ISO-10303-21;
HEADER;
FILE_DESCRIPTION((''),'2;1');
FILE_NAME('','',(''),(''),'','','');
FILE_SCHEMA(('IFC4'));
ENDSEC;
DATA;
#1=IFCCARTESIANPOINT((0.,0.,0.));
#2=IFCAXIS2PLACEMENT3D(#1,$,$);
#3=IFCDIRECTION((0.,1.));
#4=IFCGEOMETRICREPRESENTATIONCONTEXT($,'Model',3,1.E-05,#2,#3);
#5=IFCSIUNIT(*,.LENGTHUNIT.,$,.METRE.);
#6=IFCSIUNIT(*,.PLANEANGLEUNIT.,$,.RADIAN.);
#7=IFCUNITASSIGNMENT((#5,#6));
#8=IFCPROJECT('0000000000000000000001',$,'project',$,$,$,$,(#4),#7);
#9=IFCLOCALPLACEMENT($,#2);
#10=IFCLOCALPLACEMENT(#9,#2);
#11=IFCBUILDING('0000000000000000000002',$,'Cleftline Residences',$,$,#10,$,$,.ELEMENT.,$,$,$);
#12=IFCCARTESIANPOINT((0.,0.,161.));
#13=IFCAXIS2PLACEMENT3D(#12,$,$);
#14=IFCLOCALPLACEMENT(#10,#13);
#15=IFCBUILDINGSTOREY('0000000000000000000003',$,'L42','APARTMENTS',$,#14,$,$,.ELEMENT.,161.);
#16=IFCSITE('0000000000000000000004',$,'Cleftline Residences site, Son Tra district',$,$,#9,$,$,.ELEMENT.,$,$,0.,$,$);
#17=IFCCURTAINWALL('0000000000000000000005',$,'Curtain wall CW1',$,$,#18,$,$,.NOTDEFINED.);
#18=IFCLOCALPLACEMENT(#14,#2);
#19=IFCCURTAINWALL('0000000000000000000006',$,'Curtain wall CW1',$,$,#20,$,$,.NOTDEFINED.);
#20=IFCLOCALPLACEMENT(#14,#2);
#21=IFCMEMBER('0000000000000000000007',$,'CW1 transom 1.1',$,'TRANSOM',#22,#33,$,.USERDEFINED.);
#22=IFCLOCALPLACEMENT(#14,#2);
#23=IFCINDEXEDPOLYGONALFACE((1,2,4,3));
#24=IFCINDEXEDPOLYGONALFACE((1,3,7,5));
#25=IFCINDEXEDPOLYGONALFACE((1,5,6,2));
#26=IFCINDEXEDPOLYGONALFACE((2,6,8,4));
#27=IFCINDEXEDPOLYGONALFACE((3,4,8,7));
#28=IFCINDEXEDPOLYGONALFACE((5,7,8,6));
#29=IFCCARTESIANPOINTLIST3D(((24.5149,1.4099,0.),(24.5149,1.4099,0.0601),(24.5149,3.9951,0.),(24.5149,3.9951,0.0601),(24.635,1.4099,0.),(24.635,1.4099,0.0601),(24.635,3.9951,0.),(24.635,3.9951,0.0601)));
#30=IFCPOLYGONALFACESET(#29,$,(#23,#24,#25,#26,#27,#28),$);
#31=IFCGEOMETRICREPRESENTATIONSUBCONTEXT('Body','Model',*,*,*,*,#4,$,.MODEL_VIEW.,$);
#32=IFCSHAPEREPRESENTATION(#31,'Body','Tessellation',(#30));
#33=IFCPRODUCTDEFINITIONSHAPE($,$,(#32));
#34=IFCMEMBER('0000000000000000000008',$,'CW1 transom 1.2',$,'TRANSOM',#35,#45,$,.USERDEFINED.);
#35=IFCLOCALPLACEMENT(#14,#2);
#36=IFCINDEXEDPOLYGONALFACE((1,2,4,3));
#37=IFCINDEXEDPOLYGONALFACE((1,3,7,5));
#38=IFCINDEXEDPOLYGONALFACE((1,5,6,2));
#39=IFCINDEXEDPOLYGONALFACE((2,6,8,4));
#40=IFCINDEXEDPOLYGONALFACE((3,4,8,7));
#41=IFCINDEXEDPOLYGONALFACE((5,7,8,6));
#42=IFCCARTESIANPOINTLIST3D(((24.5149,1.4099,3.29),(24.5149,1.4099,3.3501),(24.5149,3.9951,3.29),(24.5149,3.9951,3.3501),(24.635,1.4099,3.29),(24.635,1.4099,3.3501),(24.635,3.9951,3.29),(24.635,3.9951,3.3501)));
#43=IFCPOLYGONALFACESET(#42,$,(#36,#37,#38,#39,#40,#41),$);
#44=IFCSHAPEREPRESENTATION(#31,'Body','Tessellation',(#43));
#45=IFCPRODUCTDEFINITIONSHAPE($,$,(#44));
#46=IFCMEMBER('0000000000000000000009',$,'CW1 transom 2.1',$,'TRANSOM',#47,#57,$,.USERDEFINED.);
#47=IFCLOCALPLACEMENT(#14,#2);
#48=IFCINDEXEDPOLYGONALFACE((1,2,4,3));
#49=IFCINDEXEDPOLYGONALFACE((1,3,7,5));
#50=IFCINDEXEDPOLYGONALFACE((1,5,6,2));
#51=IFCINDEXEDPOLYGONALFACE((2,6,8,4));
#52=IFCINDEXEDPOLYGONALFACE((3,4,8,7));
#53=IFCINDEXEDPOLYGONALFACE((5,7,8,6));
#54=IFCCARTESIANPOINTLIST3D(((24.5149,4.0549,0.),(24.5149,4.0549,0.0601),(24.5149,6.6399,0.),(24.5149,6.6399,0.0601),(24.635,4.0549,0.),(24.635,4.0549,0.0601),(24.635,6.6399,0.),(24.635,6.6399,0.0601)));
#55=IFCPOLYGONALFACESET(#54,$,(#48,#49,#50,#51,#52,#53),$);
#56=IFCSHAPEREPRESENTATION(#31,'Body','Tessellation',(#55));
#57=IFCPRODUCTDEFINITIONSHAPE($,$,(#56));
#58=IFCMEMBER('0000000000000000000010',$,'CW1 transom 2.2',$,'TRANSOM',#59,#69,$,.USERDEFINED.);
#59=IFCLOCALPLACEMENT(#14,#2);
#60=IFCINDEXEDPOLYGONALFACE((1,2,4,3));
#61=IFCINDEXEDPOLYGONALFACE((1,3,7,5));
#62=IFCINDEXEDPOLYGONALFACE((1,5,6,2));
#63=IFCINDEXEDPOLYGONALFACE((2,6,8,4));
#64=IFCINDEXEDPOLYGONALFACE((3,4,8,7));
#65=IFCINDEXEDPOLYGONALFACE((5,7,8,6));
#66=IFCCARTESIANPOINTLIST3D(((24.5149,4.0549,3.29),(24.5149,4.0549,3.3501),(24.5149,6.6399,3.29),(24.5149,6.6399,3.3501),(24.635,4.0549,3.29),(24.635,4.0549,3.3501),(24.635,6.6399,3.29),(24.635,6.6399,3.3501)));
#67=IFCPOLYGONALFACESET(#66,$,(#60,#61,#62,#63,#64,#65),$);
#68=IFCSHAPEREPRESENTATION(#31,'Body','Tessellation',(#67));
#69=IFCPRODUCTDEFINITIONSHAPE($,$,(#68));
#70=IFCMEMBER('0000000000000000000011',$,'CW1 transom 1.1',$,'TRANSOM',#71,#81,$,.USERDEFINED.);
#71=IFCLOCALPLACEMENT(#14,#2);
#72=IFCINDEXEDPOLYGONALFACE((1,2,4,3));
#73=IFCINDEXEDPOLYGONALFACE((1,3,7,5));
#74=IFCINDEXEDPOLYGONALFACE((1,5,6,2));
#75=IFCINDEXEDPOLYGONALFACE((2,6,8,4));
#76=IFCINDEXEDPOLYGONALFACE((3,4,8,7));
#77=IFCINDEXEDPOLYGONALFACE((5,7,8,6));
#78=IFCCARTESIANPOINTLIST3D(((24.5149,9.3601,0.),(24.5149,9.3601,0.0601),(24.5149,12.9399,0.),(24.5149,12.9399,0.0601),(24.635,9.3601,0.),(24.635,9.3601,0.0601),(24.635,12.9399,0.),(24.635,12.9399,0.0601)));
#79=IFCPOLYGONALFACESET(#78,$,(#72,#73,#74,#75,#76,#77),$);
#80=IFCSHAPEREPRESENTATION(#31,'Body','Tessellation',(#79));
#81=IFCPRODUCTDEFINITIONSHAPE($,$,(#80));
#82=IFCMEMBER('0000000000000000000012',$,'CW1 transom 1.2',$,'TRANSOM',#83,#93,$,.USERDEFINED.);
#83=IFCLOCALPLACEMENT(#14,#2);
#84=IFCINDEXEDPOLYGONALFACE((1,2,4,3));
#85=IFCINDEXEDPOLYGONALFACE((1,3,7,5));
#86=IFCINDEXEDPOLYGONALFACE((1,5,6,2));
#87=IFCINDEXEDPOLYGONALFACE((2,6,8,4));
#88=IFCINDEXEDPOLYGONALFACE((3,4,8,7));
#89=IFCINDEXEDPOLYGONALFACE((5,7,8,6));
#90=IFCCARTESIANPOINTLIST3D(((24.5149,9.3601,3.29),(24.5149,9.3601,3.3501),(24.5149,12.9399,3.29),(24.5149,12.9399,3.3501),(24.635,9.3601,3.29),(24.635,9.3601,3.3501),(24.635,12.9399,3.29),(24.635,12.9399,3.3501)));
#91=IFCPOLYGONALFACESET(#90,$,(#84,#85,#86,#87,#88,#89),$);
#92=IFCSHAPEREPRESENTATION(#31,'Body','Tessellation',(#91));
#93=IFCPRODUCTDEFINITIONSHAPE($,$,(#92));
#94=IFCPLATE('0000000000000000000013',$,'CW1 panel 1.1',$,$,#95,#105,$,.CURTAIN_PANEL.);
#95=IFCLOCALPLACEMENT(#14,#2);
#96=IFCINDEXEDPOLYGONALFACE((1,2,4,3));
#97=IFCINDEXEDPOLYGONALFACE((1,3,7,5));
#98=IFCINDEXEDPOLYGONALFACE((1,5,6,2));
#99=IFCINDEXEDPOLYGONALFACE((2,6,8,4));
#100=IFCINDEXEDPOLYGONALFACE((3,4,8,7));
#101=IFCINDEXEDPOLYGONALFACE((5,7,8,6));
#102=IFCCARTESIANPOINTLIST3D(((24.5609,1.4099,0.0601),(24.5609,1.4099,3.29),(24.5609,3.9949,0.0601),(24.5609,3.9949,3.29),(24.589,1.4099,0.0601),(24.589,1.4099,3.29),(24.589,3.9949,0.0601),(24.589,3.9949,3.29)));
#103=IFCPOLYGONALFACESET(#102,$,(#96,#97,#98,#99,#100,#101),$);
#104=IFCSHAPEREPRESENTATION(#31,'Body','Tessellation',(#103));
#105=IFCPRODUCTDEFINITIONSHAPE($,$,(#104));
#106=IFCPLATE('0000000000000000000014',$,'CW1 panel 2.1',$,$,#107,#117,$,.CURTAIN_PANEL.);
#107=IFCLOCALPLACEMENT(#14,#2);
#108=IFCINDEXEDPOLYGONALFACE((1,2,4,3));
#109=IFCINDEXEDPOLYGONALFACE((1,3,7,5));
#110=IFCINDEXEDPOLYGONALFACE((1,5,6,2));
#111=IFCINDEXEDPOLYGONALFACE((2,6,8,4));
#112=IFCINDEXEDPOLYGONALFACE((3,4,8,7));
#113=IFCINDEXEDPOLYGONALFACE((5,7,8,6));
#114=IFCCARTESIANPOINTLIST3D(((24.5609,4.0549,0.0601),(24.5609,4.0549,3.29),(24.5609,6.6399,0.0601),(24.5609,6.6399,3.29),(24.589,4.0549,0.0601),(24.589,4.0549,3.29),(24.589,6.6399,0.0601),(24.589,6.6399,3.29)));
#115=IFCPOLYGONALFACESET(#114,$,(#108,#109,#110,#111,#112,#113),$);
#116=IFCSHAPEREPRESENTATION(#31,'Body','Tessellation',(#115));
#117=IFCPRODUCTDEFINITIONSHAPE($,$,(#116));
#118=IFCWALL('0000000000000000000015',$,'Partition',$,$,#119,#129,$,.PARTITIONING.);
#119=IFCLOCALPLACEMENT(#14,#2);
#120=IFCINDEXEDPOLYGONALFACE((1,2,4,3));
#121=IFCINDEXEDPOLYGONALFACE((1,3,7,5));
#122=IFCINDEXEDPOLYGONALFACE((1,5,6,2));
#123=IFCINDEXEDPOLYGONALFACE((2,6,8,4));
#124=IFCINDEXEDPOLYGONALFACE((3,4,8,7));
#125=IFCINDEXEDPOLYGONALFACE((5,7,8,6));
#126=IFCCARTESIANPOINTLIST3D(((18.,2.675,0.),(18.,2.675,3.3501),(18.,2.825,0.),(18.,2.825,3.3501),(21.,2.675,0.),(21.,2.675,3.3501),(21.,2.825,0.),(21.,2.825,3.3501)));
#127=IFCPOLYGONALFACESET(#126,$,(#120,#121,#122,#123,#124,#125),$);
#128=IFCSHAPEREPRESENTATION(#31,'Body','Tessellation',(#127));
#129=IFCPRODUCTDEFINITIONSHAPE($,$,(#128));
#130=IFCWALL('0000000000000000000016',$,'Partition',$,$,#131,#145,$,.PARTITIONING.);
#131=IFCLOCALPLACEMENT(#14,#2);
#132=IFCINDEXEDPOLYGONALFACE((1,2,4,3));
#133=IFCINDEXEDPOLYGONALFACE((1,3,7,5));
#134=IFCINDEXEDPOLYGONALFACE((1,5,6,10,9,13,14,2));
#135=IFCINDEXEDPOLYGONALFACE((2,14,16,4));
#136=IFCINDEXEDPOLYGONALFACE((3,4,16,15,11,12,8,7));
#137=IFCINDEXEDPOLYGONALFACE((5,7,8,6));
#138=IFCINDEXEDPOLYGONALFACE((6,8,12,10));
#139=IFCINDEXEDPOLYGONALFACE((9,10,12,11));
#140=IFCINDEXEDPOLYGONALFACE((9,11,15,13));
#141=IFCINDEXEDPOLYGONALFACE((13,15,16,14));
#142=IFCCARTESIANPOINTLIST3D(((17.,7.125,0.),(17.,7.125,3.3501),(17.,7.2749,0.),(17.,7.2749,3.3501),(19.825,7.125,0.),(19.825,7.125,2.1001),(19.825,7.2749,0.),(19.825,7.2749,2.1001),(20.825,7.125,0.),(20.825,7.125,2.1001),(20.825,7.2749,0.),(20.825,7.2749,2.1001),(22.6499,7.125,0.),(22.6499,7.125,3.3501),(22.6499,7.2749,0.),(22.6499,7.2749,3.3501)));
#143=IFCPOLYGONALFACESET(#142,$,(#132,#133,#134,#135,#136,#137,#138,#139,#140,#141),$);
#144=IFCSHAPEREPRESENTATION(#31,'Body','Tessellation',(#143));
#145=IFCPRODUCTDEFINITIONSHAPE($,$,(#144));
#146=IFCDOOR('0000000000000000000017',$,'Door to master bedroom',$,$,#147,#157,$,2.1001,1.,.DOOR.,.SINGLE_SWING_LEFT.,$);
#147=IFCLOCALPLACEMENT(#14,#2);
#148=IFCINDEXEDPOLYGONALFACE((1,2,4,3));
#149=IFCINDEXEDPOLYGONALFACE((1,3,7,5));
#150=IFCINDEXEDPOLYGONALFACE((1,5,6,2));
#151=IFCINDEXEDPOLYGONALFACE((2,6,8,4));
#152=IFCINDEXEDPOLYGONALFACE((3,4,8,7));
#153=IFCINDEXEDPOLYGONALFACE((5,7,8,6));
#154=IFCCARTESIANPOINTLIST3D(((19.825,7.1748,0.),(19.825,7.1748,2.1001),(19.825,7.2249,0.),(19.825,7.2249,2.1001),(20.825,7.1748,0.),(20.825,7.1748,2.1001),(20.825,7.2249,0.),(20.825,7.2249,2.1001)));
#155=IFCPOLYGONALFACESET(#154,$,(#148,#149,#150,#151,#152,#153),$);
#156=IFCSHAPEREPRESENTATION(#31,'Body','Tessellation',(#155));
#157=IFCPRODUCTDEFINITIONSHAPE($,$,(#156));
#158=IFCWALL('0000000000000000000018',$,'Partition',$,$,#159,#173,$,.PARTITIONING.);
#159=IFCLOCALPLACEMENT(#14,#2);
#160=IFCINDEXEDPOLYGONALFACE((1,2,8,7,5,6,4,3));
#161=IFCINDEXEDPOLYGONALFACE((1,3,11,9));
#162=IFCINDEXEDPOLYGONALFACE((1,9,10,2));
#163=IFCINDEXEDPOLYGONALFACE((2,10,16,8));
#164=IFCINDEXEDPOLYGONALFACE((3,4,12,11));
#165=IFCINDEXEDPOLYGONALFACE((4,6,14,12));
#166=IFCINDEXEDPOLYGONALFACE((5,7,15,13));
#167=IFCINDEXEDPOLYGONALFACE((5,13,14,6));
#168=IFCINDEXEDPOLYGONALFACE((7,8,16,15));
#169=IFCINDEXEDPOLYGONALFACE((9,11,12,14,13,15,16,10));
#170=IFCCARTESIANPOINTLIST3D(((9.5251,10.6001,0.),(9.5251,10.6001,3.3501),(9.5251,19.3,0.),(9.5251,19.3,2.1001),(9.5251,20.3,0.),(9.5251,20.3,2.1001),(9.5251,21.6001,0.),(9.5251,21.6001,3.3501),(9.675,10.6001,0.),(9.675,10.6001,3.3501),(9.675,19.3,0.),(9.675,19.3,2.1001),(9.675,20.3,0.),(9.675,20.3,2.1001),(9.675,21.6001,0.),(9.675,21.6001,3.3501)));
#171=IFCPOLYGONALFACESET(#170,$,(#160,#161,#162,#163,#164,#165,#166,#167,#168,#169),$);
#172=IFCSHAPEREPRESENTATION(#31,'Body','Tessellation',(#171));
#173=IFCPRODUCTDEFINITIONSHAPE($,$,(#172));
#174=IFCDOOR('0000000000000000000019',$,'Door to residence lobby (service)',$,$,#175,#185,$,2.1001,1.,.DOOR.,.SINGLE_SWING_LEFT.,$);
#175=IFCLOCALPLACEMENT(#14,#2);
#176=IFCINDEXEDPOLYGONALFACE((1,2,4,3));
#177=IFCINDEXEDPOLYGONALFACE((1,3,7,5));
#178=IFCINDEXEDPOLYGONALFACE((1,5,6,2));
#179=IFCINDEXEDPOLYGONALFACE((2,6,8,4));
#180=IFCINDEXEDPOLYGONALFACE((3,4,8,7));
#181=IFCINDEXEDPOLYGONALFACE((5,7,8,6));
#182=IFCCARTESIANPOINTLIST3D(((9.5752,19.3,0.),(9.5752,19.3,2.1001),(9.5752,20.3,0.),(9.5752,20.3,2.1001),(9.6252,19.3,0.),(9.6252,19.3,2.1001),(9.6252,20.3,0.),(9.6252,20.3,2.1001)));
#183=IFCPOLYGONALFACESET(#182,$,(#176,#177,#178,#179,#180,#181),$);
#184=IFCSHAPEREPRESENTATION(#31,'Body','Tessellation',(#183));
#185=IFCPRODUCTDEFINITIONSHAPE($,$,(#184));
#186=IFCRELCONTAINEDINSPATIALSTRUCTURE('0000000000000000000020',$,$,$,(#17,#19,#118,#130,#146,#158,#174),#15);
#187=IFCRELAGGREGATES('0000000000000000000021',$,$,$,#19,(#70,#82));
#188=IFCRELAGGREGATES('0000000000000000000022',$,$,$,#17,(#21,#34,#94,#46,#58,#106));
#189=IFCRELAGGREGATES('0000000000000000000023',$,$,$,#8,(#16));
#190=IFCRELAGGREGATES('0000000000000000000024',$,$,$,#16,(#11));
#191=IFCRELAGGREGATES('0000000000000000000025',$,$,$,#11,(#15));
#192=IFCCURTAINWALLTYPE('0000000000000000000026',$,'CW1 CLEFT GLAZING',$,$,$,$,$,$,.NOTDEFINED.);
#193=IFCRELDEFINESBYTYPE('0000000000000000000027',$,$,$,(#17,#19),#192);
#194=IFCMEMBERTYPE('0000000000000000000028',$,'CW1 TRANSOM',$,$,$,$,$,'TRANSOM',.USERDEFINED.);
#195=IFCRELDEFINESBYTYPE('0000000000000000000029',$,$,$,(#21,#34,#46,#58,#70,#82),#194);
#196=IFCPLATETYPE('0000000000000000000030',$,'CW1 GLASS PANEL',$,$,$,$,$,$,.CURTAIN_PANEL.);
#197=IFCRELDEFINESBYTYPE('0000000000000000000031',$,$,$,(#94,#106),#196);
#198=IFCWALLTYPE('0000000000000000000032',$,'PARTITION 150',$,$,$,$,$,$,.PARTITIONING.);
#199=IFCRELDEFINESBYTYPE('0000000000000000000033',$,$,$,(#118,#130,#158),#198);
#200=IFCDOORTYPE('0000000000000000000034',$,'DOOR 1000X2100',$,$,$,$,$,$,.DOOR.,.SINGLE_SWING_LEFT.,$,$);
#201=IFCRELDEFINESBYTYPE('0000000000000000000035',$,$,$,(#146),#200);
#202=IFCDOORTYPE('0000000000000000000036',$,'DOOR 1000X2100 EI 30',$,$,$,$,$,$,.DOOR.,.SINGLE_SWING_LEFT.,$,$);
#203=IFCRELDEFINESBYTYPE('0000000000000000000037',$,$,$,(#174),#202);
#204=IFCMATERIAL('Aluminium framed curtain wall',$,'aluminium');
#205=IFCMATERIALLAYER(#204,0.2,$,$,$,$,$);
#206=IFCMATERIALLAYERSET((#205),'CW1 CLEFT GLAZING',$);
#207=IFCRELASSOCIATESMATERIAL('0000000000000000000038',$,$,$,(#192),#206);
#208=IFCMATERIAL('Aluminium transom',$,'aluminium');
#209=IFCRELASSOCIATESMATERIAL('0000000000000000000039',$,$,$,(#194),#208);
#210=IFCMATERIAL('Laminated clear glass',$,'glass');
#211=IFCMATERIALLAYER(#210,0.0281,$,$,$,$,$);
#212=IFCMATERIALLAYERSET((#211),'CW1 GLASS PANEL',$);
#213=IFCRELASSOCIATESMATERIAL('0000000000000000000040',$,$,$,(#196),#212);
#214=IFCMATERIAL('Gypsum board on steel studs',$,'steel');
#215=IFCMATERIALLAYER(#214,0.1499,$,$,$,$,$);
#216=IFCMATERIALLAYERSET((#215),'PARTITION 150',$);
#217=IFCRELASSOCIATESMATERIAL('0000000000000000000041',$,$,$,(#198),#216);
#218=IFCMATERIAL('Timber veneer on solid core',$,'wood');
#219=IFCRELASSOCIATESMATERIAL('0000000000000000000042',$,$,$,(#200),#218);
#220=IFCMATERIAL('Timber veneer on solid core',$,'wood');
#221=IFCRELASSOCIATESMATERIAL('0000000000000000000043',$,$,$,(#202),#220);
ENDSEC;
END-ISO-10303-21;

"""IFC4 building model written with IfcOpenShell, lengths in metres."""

from ifc_helpers import new_model, si_unit, direction, frame, frame_2d, origin, origin_2d, place, context, subcontext, project, spatial, rectangle, extrude, material, layer, layer_set, material_profile, profile_set, type_object, element, fill, aggregate, save


model = new_model("IFC4")

# Units and contexts
model_context = context("Model", 3, precision=1e-05, world=origin(), true_north=direction((0.0, 1.0)))
body_context = subcontext(model_context, "Body", "Model", "MODEL_VIEW")
ifc_project = project(units=[si_unit("LENGTHUNIT", "METRE"), si_unit("PLANEANGLEUNIT", "RADIAN")], contexts=[model_context])

# Site, building, storey
site_placement = place(None, origin())
site = spatial("IfcSite", under=ifc_project, at=site_placement, Name="Cleftline Residences site, Son Tra district", CompositionType="ELEMENT", RefElevation=0.0)
building_placement = place(site_placement, origin())
building = spatial("IfcBuilding", under=site, at=building_placement, Name="Cleftline Residences", CompositionType="ELEMENT")
storey_placement = place(building_placement, frame((0.0, 0.0, 161.0)))
storey = spatial("IfcBuildingStorey", under=building, at=storey_placement, Name="L42", Description="APARTMENTS", CompositionType="ELEMENT", Elevation=161.0)

# Curtain wall
ifc_material_1 = material(Name="Aluminium framed curtain wall", Category="aluminium")
ifc_layer_1 = layer(ifc_material_1, 0.2)
ifc_layer_set_1 = layer_set([ifc_layer_1], Name="CW1 CLEFT GLAZING")
curtain_wall_type = type_object("IfcCurtainWallType", Name="CW1 CLEFT GLAZING", PredefinedType="NOTDEFINED", material=ifc_layer_set_1)
curtain_wall_1_placement = place(storey_placement, origin())
curtain_wall_1 = element("IfcCurtainWall", 1, at=curtain_wall_1_placement, inside=storey, type_object=curtain_wall_type, Name="Curtain wall CW1", PredefinedType="NOTDEFINED")

# Curtain wall
curtain_wall_2_placement = place(storey_placement, origin())
curtain_wall_2 = element("IfcCurtainWall", 2, at=curtain_wall_2_placement, inside=storey, type_object=curtain_wall_type, Name="Curtain wall CW1", PredefinedType="NOTDEFINED")

# Members
ifc_material_2 = material(Name="Aluminium transom", Category="aluminium")
ifc_material_profile_1 = material_profile(ifc_material_2, rectangle(XDim=0.1201, YDim=0.0601, at=origin_2d()))
ifc_profile_set_1 = profile_set([ifc_material_profile_1], Name="Aluminium transom")
member_type_1 = type_object("IfcMemberType", Name="CW1 TRANSOM", ElementType="TRANSOM", PredefinedType="USERDEFINED", material=ifc_profile_set_1)
member_1_placement = place(storey_placement, frame((24.575, 1.4099, 0.03), z_axis=(0.0, 1.0, 0.0), x_axis=(-1.0, 0.0, 0.0)))
member_1 = element("IfcMember", 3, at=member_1_placement, type_object=member_type_1, Name="CW1 transom 1.1", ObjectType="TRANSOM", PredefinedType="USERDEFINED", context=body_context, shape_type="SweptSolid", body=[
    extrude(rectangle(XDim=0.1201, YDim=0.0601, at=origin_2d()), origin(), (0.0, 0.0, 1.0), 2.5852),
])
member_2_placement = place(storey_placement, frame((24.575, 1.4099, 3.3201), z_axis=(0.0, 1.0, 0.0), x_axis=(-1.0, 0.0, 0.0)))
member_2 = element("IfcMember", 4, at=member_2_placement, type_object=member_type_1, Name="CW1 transom 1.2", ObjectType="TRANSOM", PredefinedType="USERDEFINED", context=body_context, shape_type="SweptSolid", body=[
    extrude(rectangle(XDim=0.1201, YDim=0.0601, at=origin_2d()), origin(), (0.0, 0.0, 1.0), 2.5852),
])
member_3_placement = place(storey_placement, frame((24.575, 4.0549, 0.03), z_axis=(0.0, 1.0, 0.0), x_axis=(-1.0, 0.0, 0.0)))
member_3 = element("IfcMember", 5, at=member_3_placement, type_object=member_type_1, Name="CW1 transom 2.1", ObjectType="TRANSOM", PredefinedType="USERDEFINED", context=body_context, shape_type="SweptSolid", body=[
    extrude(rectangle(XDim=0.1201, YDim=0.0601, at=origin_2d()), origin(), (0.0, 0.0, 1.0), 2.585),
])
member_4_placement = place(storey_placement, frame((24.575, 4.0549, 3.3201), z_axis=(0.0, 1.0, 0.0), x_axis=(-1.0, 0.0, 0.0)))
member_4 = element("IfcMember", 6, at=member_4_placement, type_object=member_type_1, Name="CW1 transom 2.2", ObjectType="TRANSOM", PredefinedType="USERDEFINED", context=body_context, shape_type="SweptSolid", body=[
    extrude(rectangle(XDim=0.1201, YDim=0.0601, at=origin_2d()), origin(), (0.0, 0.0, 1.0), 2.585),
])
member_5_placement = place(storey_placement, frame((24.575, 9.3601, 0.03), z_axis=(0.0, 1.0, 0.0), x_axis=(-1.0, 0.0, 0.0)))
member_5 = element("IfcMember", 7, at=member_5_placement, type_object=member_type_1, Name="CW1 transom 1.1", ObjectType="TRANSOM", PredefinedType="USERDEFINED", context=body_context, shape_type="SweptSolid", body=[
    extrude(rectangle(XDim=0.1201, YDim=0.0601, at=origin_2d()), origin(), (0.0, 0.0, 1.0), 3.5798),
])
member_6_placement = place(storey_placement, frame((24.575, 9.3601, 3.3201), z_axis=(0.0, 1.0, 0.0), x_axis=(-1.0, 0.0, 0.0)))
member_6 = element("IfcMember", 8, at=member_6_placement, type_object=member_type_1, Name="CW1 transom 1.2", ObjectType="TRANSOM", PredefinedType="USERDEFINED", context=body_context, shape_type="SweptSolid", body=[
    extrude(rectangle(XDim=0.1201, YDim=0.0601, at=origin_2d()), origin(), (0.0, 0.0, 1.0), 3.5798),
])
aggregate(curtain_wall_2, [member_5, member_6])

# Plates
ifc_material_3 = material(Name="Laminated clear glass", Category="glass")
ifc_layer_2 = layer(ifc_material_3, 0.0281)
ifc_layer_set_2 = layer_set([ifc_layer_2], Name="CW1 GLASS PANEL")
plate_type = type_object("IfcPlateType", Name="CW1 GLASS PANEL", PredefinedType="CURTAIN_PANEL", material=ifc_layer_set_2)
plate_1_placement = place(storey_placement, frame((24.575, 2.7024, 0.0601), z_axis=(0.0, 0.0, 1.0), x_axis=(0.0, 1.0, 0.0)))
plate_1 = element("IfcPlate", 9, at=plate_1_placement, type_object=plate_type, Name="CW1 panel 1.1", PredefinedType="CURTAIN_PANEL", context=body_context, shape_type="SweptSolid", body=[
    extrude(rectangle(XDim=2.585, YDim=0.0281, at=origin_2d()), origin(), (0.0, 0.0, 1.0), 3.23),
])
plate_2_placement = place(storey_placement, frame((24.575, 5.3474, 0.0601), z_axis=(0.0, 0.0, 1.0), x_axis=(0.0, 1.0, 0.0)))
plate_2 = element("IfcPlate", 10, at=plate_2_placement, type_object=plate_type, Name="CW1 panel 2.1", PredefinedType="CURTAIN_PANEL", context=body_context, shape_type="SweptSolid", body=[
    extrude(rectangle(XDim=2.585, YDim=0.0281, at=origin_2d()), origin(), (0.0, 0.0, 1.0), 3.23),
])
aggregate(curtain_wall_1, [member_1, member_2, plate_1, member_3, member_4, plate_2])

# Wall
ifc_material_4 = material(Name="Gypsum board on steel studs", Category="steel")
ifc_layer_3 = layer(ifc_material_4, 0.1499)
ifc_layer_set_3 = layer_set([ifc_layer_3], Name="PARTITION 150")
wall_type = type_object("IfcWallType", Name="PARTITION 150", PredefinedType="PARTITIONING", material=ifc_layer_set_3)
wall_1_placement = place(storey_placement, frame((18.0, 2.75, 0.0), z_axis=(0.0, 0.0, 1.0), x_axis=(1.0, 0.0, 0.0)))
element("IfcWall", 11, at=wall_1_placement, inside=storey, type_object=wall_type, Name="Partition", PredefinedType="PARTITIONING", context=body_context, shape_type="SweptSolid", body=[
    extrude(rectangle(XDim=3.0, YDim=0.1499, at=frame_2d((1.5, 0.0))), origin(), (0.0, 0.0, 1.0), 3.3501),
])

# Walls, openings, doors
wall_2_placement = place(storey_placement, frame((17.0, 7.2, 0.0), z_axis=(0.0, 0.0, 1.0), x_axis=(1.0, 0.0, 0.0)))
wall_2 = element("IfcWall", 12, at=wall_2_placement, inside=storey, type_object=wall_type, Name="Partition", PredefinedType="PARTITIONING", context=body_context, shape_type="SweptSolid", body=[
    extrude(rectangle(XDim=5.6499, YDim=0.1499, at=frame_2d((2.825, 0.0))), origin(), (0.0, 0.0, 1.0), 3.3501),
])
opening_1_placement = place(wall_2_placement, frame((2.825, 0.0, 0.0)))
opening_1 = element("IfcOpeningElement", 13, at=opening_1_placement, cuts=wall_2, PredefinedType="OPENING", context=body_context, shape_type="SweptSolid", body=[
    extrude(rectangle(XDim=1.0, YDim=2.1001, at=frame_2d((0.5, 1.05))), frame((0.0, 0.085, 0.0), z_axis=(0.0, -1.0, 0.0), x_axis=(1.0, 0.0, 0.0)), (0.0, 0.0, 1.0), 0.1699),
])
ifc_material_5 = material(Name="Timber veneer on solid core", Category="wood")
door_type_1 = type_object("IfcDoorType", Name="DOOR 1000X2100", OperationType="SINGLE_SWING_LEFT", PredefinedType="DOOR", material=ifc_material_5)
door_1_placement = place(opening_1_placement, origin())
door_1 = element("IfcDoor", 14, at=door_1_placement, inside=storey, type_object=door_type_1, Name="Door to master bedroom", OperationType="SINGLE_SWING_LEFT", OverallHeight=2.1001, OverallWidth=1.0, PredefinedType="DOOR", context=body_context, shape_type="SweptSolid", body=[
    extrude(rectangle(XDim=1.0, YDim=2.1001, at=frame_2d((0.5, 1.05))), frame((0.0, 0.0249, 0.0), z_axis=(0.0, -1.0, 0.0), x_axis=(1.0, 0.0, 0.0)), (0.0, 0.0, 1.0), 0.05),
])
fill(opening_1, door_1)
wall_3_placement = place(storey_placement, frame((9.6001, 10.6001, 0.0), z_axis=(0.0, 0.0, 1.0), x_axis=(0.0, 1.0, 0.0)))
wall_3 = element("IfcWall", 15, at=wall_3_placement, inside=storey, type_object=wall_type, Name="Partition", PredefinedType="PARTITIONING", context=body_context, shape_type="SweptSolid", body=[
    extrude(rectangle(XDim=11.0, YDim=0.1499, at=frame_2d((5.5, 0.0))), origin(), (0.0, 0.0, 1.0), 3.3501),
])
opening_2_placement = place(wall_3_placement, frame((8.7, 0.0, 0.0)))
opening_2 = element("IfcOpeningElement", 16, at=opening_2_placement, cuts=wall_3, PredefinedType="OPENING", context=body_context, shape_type="SweptSolid", body=[
    extrude(rectangle(XDim=1.0, YDim=2.1001, at=frame_2d((0.5, 1.05))), frame((0.0, 0.085, 0.0), z_axis=(0.0, -1.0, 0.0), x_axis=(1.0, 0.0, 0.0)), (0.0, 0.0, 1.0), 0.1699),
])
ifc_material_6 = material(Name="Timber veneer on solid core", Category="wood")
door_type_2 = type_object("IfcDoorType", Name="DOOR 1000X2100 EI 30", OperationType="SINGLE_SWING_LEFT", PredefinedType="DOOR", material=ifc_material_6)
door_2_placement = place(opening_2_placement, origin())
door_2 = element("IfcDoor", 17, at=door_2_placement, inside=storey, type_object=door_type_2, Name="Door to residence lobby (service)", OperationType="SINGLE_SWING_LEFT", OverallHeight=2.1001, OverallWidth=1.0, PredefinedType="DOOR", context=body_context, shape_type="SweptSolid", body=[
    extrude(rectangle(XDim=1.0, YDim=2.1001, at=frame_2d((0.5, 1.05))), frame((0.0, 0.0249, 0.0), z_axis=(0.0, -1.0, 0.0), x_axis=(1.0, 0.0, 0.0)), (0.0, 0.0, 1.0), 0.05),
])
fill(opening_2, door_2)

save(model, "model.ifc")
